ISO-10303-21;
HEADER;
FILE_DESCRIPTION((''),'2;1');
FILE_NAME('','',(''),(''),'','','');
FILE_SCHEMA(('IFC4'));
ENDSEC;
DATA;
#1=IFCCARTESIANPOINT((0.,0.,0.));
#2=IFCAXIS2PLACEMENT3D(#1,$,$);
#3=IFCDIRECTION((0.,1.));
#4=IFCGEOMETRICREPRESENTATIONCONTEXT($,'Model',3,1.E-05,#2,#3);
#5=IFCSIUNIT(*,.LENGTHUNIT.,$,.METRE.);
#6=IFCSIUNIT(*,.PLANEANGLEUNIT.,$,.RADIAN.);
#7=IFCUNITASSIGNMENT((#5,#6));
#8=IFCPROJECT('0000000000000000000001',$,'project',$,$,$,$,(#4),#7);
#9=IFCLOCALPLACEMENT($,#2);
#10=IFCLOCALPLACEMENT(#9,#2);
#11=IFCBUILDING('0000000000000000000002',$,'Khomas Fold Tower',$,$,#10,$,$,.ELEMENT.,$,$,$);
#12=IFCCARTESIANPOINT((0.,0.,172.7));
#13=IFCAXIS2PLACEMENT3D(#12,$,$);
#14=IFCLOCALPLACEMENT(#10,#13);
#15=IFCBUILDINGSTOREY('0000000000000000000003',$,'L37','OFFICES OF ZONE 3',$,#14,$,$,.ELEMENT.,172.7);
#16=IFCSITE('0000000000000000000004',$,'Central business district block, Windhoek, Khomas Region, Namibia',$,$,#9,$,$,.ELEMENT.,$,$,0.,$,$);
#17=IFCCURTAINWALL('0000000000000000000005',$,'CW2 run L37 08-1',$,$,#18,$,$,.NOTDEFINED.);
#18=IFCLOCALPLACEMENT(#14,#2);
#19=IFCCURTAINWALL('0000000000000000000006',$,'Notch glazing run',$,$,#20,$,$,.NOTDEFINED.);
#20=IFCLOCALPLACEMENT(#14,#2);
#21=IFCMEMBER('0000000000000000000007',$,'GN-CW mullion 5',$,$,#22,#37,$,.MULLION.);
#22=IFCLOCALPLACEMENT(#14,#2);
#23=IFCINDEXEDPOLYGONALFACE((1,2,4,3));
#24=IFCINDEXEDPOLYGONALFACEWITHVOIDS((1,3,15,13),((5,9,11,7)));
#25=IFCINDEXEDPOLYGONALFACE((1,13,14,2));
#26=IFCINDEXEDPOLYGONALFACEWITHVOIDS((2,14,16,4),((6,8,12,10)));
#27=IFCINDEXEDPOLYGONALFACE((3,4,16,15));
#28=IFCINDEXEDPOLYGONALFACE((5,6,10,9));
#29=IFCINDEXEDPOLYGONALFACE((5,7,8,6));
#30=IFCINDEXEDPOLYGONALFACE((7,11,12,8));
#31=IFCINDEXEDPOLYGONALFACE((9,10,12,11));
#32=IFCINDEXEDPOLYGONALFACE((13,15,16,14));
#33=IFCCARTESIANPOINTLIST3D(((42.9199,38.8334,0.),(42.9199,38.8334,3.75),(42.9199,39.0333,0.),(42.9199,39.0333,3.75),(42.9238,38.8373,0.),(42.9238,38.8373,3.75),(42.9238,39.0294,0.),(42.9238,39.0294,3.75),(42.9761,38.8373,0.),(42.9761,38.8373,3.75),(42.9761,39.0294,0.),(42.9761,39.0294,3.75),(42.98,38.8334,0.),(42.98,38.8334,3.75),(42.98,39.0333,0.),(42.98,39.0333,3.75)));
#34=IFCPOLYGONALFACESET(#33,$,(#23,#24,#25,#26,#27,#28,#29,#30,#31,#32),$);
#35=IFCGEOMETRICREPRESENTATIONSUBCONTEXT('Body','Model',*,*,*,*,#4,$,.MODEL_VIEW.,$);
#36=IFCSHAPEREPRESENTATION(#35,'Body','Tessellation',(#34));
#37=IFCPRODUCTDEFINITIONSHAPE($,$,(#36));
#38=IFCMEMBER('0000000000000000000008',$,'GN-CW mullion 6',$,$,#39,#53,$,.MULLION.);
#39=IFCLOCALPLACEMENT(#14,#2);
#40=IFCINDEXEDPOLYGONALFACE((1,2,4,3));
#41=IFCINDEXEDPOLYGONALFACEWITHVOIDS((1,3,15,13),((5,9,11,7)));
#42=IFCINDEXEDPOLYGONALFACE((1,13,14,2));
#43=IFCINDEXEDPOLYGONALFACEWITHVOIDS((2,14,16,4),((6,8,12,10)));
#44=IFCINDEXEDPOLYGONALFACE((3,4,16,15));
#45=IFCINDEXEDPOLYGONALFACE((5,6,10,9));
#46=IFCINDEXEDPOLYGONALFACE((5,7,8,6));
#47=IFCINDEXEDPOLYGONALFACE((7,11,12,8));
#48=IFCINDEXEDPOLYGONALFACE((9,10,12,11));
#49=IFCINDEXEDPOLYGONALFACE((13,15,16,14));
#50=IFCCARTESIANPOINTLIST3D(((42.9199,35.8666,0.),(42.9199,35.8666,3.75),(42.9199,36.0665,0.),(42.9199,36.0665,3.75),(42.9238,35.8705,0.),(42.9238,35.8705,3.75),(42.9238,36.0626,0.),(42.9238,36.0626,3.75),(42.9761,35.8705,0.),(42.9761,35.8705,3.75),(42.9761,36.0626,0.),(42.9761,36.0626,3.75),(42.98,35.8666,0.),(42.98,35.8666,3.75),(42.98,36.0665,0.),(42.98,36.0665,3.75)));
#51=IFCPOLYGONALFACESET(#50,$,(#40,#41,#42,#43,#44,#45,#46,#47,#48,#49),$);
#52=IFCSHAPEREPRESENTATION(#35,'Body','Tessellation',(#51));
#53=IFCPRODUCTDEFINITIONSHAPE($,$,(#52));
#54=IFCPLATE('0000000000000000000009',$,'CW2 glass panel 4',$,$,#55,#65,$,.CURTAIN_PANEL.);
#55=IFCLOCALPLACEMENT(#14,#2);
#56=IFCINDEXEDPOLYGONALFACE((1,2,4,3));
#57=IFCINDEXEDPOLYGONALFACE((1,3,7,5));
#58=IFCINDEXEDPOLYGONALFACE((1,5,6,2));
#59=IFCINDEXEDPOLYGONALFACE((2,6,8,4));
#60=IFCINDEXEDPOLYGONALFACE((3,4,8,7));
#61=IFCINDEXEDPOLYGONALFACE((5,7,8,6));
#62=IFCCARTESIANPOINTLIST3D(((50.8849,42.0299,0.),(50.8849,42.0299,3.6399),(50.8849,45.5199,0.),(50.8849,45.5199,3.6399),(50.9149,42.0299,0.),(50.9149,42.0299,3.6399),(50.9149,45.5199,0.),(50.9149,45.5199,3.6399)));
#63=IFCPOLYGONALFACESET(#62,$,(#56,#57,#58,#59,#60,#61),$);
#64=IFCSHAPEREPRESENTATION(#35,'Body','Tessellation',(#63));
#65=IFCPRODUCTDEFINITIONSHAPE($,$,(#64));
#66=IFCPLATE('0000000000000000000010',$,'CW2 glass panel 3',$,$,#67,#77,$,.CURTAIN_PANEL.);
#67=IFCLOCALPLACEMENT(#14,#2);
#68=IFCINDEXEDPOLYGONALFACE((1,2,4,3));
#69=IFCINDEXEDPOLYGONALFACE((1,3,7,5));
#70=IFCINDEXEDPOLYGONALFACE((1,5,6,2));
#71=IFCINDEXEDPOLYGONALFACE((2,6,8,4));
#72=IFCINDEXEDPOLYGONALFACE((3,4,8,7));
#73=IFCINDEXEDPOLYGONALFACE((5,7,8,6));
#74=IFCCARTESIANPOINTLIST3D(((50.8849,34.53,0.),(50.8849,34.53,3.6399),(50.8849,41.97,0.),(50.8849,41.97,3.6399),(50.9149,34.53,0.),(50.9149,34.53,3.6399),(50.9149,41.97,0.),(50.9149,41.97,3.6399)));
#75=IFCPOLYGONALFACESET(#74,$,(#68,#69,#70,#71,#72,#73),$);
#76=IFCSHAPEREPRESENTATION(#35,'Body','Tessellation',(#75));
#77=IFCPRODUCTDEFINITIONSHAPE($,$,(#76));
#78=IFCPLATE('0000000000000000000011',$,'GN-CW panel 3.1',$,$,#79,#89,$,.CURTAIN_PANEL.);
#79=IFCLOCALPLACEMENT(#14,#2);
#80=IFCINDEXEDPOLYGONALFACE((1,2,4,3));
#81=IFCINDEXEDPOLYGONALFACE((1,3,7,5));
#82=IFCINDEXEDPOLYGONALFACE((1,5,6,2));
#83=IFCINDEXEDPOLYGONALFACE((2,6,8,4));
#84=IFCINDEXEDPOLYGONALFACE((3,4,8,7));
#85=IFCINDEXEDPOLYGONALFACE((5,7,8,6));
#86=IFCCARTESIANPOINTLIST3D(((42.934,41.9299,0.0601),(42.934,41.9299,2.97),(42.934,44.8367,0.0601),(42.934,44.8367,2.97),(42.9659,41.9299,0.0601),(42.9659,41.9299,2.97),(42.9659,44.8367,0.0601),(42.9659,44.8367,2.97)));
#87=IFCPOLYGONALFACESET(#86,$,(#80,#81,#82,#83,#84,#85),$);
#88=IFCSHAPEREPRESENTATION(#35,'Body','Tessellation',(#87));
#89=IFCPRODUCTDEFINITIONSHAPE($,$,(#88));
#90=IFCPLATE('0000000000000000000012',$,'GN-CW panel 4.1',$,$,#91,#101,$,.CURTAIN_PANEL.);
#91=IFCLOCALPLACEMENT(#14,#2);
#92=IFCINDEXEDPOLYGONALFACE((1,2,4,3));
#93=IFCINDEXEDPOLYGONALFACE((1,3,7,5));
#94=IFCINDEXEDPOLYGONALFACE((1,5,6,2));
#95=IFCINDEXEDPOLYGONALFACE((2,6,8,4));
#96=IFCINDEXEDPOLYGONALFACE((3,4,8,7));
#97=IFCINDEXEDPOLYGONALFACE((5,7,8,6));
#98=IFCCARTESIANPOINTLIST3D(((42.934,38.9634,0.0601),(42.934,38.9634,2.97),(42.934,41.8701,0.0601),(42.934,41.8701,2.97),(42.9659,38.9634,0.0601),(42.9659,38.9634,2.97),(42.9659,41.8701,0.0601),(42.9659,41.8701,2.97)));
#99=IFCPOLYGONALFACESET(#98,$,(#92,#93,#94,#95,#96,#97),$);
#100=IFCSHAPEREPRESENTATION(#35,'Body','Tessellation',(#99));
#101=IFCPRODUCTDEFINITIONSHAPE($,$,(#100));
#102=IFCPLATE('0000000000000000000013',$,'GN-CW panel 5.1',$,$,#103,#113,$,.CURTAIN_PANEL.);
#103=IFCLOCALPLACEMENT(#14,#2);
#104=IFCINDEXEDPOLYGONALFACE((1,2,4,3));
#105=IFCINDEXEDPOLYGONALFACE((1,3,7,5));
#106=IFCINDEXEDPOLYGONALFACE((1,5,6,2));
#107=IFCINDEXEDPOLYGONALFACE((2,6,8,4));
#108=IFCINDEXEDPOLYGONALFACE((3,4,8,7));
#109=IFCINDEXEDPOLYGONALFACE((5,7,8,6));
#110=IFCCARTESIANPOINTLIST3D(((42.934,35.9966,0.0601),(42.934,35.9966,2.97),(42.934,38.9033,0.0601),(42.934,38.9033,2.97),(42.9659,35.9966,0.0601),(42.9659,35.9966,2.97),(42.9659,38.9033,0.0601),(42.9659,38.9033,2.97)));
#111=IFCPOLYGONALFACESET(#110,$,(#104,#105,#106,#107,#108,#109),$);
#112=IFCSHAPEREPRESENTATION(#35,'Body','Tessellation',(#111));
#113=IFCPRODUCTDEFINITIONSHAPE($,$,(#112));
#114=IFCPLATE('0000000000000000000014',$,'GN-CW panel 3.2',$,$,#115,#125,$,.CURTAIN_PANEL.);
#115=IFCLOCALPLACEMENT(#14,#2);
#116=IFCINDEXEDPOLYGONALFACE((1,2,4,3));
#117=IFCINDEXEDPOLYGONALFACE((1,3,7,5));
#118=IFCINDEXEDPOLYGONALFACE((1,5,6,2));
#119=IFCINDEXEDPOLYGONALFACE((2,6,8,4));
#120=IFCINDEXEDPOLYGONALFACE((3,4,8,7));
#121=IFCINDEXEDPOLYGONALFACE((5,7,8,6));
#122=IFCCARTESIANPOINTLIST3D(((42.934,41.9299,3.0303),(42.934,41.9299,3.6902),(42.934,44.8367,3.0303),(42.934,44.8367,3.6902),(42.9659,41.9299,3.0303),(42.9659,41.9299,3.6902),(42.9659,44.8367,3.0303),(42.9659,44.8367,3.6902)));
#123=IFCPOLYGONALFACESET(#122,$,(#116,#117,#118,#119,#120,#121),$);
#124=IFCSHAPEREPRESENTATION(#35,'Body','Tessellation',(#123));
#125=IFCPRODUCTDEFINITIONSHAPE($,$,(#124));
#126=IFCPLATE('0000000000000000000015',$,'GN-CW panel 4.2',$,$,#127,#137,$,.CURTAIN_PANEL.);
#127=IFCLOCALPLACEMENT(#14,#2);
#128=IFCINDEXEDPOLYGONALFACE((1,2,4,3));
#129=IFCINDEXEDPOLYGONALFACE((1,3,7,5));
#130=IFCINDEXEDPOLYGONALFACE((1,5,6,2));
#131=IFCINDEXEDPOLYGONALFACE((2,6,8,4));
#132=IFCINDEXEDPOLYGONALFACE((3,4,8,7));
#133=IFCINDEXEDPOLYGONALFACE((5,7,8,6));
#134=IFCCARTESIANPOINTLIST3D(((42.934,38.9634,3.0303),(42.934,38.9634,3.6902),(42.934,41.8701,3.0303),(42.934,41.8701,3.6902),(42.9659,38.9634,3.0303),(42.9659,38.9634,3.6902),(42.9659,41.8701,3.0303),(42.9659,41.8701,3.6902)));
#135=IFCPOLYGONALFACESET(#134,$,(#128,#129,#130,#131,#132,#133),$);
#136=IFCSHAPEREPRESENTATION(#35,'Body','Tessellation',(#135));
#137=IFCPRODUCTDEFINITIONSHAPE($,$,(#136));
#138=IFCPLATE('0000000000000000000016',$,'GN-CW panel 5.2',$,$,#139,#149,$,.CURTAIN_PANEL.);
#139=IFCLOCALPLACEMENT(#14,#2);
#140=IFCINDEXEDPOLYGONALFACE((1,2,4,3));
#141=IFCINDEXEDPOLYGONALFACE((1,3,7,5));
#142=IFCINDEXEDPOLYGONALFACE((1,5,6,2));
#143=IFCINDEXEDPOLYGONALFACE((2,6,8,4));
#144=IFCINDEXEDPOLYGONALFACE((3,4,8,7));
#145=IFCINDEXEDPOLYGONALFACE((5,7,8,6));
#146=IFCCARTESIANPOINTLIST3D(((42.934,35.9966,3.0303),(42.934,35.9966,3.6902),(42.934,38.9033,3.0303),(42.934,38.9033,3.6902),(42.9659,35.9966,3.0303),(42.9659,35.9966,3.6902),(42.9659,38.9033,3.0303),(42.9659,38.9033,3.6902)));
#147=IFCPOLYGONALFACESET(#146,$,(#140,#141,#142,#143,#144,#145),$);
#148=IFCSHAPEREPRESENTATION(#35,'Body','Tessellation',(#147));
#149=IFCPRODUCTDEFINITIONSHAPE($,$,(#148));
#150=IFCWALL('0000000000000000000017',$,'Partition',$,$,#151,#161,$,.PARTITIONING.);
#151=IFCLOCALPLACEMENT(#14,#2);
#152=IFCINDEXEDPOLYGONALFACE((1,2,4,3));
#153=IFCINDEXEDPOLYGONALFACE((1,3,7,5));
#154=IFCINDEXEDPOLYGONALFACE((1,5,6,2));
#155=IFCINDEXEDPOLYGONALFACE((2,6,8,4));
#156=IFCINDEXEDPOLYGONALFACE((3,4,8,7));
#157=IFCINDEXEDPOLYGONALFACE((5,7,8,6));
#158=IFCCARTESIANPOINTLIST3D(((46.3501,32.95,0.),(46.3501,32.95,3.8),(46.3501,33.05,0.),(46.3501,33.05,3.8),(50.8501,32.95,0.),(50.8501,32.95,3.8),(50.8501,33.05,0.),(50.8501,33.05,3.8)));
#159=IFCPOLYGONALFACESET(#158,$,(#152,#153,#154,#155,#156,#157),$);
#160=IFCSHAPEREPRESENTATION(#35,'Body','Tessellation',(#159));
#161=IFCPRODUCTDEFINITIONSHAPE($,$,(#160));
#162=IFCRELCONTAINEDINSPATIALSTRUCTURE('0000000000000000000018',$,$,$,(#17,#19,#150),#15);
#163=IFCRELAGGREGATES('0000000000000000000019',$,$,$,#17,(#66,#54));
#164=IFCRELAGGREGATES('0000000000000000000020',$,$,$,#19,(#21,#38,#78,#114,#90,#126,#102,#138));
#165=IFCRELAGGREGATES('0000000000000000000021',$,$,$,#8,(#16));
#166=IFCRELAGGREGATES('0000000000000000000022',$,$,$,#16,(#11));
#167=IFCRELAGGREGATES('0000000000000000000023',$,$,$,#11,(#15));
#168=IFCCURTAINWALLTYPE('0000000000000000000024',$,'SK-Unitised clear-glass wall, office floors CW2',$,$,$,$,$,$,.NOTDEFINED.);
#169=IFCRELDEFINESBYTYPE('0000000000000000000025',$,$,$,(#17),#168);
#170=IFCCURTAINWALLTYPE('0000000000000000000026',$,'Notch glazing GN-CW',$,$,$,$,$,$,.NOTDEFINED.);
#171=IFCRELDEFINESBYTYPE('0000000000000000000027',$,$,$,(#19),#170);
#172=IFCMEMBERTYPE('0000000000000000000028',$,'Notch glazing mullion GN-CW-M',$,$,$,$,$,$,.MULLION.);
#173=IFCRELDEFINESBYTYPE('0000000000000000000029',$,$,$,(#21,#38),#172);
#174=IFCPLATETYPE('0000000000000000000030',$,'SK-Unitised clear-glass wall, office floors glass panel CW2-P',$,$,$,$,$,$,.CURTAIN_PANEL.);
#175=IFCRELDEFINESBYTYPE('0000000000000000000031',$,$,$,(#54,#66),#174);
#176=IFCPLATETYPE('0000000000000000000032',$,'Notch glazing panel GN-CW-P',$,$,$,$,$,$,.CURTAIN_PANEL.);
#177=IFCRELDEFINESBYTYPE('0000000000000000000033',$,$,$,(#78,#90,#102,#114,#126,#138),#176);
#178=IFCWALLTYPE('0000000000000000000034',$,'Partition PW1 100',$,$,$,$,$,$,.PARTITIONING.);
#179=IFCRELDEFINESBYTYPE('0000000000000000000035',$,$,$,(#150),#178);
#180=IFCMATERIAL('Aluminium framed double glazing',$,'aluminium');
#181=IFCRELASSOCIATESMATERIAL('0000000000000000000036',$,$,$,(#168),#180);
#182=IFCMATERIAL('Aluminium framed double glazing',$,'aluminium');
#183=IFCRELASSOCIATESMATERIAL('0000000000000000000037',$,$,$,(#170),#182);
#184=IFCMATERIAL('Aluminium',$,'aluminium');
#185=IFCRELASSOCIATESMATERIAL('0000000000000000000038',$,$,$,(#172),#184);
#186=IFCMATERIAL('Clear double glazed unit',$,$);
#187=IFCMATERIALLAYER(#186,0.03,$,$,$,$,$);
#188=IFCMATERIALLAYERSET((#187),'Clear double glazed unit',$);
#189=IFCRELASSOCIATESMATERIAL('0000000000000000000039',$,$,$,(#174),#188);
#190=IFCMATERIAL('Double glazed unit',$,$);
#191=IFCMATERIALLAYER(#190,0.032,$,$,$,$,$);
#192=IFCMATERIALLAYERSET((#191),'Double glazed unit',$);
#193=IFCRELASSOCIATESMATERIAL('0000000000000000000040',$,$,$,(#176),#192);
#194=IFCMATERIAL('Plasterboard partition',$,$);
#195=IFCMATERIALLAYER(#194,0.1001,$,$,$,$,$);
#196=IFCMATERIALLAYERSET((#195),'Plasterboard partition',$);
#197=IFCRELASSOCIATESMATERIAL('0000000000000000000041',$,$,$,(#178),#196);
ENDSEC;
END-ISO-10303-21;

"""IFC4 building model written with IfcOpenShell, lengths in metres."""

from ifc_helpers import new_model, si_unit, direction, frame, frame_2d, origin, origin_2d, place, context, subcontext, project, spatial, rectangle, hollow_rectangle, extrude, source, transform, mapped, material, layer, layer_set, material_profile, profile_set, type_object, element, aggregate, save


model = new_model("IFC4")

# Units and contexts
model_context = context("Model", 3, precision=1e-05, world=origin(), true_north=direction((0.0, 1.0)))
body_context = subcontext(model_context, "Body", "Model", "MODEL_VIEW")
ifc_project = project(units=[si_unit("LENGTHUNIT", "METRE"), si_unit("PLANEANGLEUNIT", "RADIAN")], contexts=[model_context])

# Site, building, storey
site_placement = place(None, origin())
site = spatial("IfcSite", under=ifc_project, at=site_placement, Name="Central business district block, Windhoek, Khomas Region, Namibia", CompositionType="ELEMENT", RefElevation=0.0)
building_placement = place(site_placement, origin())
building = spatial("IfcBuilding", under=site, at=building_placement, Name="Khomas Fold Tower", CompositionType="ELEMENT")
storey_placement = place(building_placement, frame((0.0, 0.0, 172.7)))
storey = spatial("IfcBuildingStorey", under=building, at=storey_placement, Name="L37", Description="OFFICES OF ZONE 3", CompositionType="ELEMENT", Elevation=172.7)

# Curtain walls, members
ifc_material_1 = material(Name="Aluminium framed double glazing", Category="aluminium")
curtain_wall_type_1 = type_object("IfcCurtainWallType", Name="SK-Unitised clear-glass wall, office floors CW2", PredefinedType="NOTDEFINED", material=ifc_material_1)
curtain_wall_1_placement = place(storey_placement, origin())
curtain_wall_1 = element("IfcCurtainWall", 1, at=curtain_wall_1_placement, inside=storey, type_object=curtain_wall_type_1, Name="CW2 run L37 08-1", PredefinedType="NOTDEFINED")
ifc_material_2 = material(Name="Aluminium framed double glazing", Category="aluminium")
curtain_wall_type_2 = type_object("IfcCurtainWallType", Name="Notch glazing GN-CW", PredefinedType="NOTDEFINED", material=ifc_material_2)
curtain_wall_2_placement = place(storey_placement, origin())
curtain_wall_2 = element("IfcCurtainWall", 2, at=curtain_wall_2_placement, inside=storey, type_object=curtain_wall_type_2, Name="Notch glazing run", PredefinedType="NOTDEFINED")
ifc_material_3 = material(Name="Aluminium", Category="aluminium")
ifc_material_profile_1 = material_profile(ifc_material_3, hollow_rectangle(XDim=0.0601, YDim=0.2, WallThickness=0.0039, at=origin_2d()), Name="Notch glazing mullion GN-CW-M")
ifc_profile_set_1 = profile_set([ifc_material_profile_1], Name="Aluminium")
member_type_1 = type_object("IfcMemberType", Name="Notch glazing mullion GN-CW-M", PredefinedType="MULLION", material=ifc_profile_set_1)
shared_shape_1 = source(origin(), body_context, "Body", "SweptSolid", [
    extrude(hollow_rectangle(XDim=0.0601, YDim=0.2, WallThickness=0.0039, at=origin_2d()), origin(), (0.0, 0.0, 1.0), 3.75),
])
member_1_placement = place(storey_placement, frame((42.95, 38.9333, 0.0), z_axis=(0.0, 0.0, 1.0), x_axis=(1.0, 0.0, 0.0)))
member_1 = element("IfcMember", 3, at=member_1_placement, type_object=member_type_1, Name="GN-CW mullion 5", PredefinedType="MULLION", context=body_context, shape_type="MappedRepresentation", body=[
    mapped(shared_shape_1, transform((0.0, 0.0, 0.0))),
])
member_2_placement = place(storey_placement, frame((42.95, 35.9666, 0.0), z_axis=(0.0, 0.0, 1.0), x_axis=(1.0, 0.0, 0.0)))
member_2 = element("IfcMember", 4, at=member_2_placement, type_object=member_type_1, Name="GN-CW mullion 6", PredefinedType="MULLION", context=body_context, shape_type="MappedRepresentation", body=[
    mapped(shared_shape_1, transform((0.0, 0.0, 0.0))),
])

# Plates
ifc_material_4 = material(Name="Clear double glazed unit")
ifc_layer_1 = layer(ifc_material_4, 0.03)
ifc_layer_set_1 = layer_set([ifc_layer_1], Name="Clear double glazed unit")
plate_type_1 = type_object("IfcPlateType", Name="SK-Unitised clear-glass wall, office floors glass panel CW2-P", PredefinedType="CURTAIN_PANEL", material=ifc_layer_set_1)
shared_shape_2 = source(origin(), body_context, "Body", "SweptSolid", [
    extrude(rectangle(XDim=3.49, YDim=0.03, at=origin_2d()), origin(), (0.0, 0.0, 1.0), 3.6399),
])
plate_1_placement = place(storey_placement, frame((50.8999, 43.7749, 0.0), z_axis=(0.0, 0.0, 1.0), x_axis=(0.0, 1.0, 0.0)))
plate_1 = element("IfcPlate", 5, at=plate_1_placement, type_object=plate_type_1, Name="CW2 glass panel 4", PredefinedType="CURTAIN_PANEL", context=body_context, shape_type="MappedRepresentation", body=[
    mapped(shared_shape_2, transform((0.0, 0.0, 0.0))),
])
shared_shape_3 = source(origin(), body_context, "Body", "SweptSolid", [
    extrude(rectangle(XDim=7.4399, YDim=0.03, at=origin_2d()), origin(), (0.0, 0.0, 1.0), 3.6399),
])
plate_2_placement = place(storey_placement, frame((50.8999, 38.25, 0.0), z_axis=(0.0, 0.0, 1.0), x_axis=(0.0, 1.0, 0.0)))
plate_2 = element("IfcPlate", 6, at=plate_2_placement, type_object=plate_type_1, Name="CW2 glass panel 3", PredefinedType="CURTAIN_PANEL", context=body_context, shape_type="MappedRepresentation", body=[
    mapped(shared_shape_3, transform((0.0, 0.0, 0.0))),
])
aggregate(curtain_wall_1, [plate_2, plate_1])
ifc_material_5 = material(Name="Double glazed unit")
ifc_layer_2 = layer(ifc_material_5, 0.032)
ifc_layer_set_2 = layer_set([ifc_layer_2], Name="Double glazed unit")
plate_type_2 = type_object("IfcPlateType", Name="Notch glazing panel GN-CW-P", PredefinedType="CURTAIN_PANEL", material=ifc_layer_set_2)
shared_shape_4 = source(origin(), body_context, "Body", "SweptSolid", [
    extrude(rectangle(XDim=2.9067, YDim=0.032, at=origin_2d()), origin(), (0.0, 0.0, 1.0), 2.9099),
])
plate_3_placement = place(storey_placement, frame((42.95, 43.3833, 0.0601), z_axis=(0.0, 0.0, 1.0), x_axis=(0.0, -1.0, 0.0)))
plate_3 = element("IfcPlate", 7, at=plate_3_placement, type_object=plate_type_2, Name="GN-CW panel 3.1", PredefinedType="CURTAIN_PANEL", context=body_context, shape_type="MappedRepresentation", body=[
    mapped(shared_shape_4, transform((0.0, 0.0, 0.0))),
])
plate_4_placement = place(storey_placement, frame((42.95, 40.4167, 0.0601), z_axis=(0.0, 0.0, 1.0), x_axis=(0.0, -1.0, 0.0)))
plate_4 = element("IfcPlate", 8, at=plate_4_placement, type_object=plate_type_2, Name="GN-CW panel 4.1", PredefinedType="CURTAIN_PANEL", context=body_context, shape_type="MappedRepresentation", body=[
    mapped(shared_shape_4, transform((0.0, 0.0, 0.0))),
])
plate_5_placement = place(storey_placement, frame((42.95, 37.45, 0.0601), z_axis=(0.0, 0.0, 1.0), x_axis=(0.0, -1.0, 0.0)))
plate_5 = element("IfcPlate", 9, at=plate_5_placement, type_object=plate_type_2, Name="GN-CW panel 5.1", PredefinedType="CURTAIN_PANEL", context=body_context, shape_type="MappedRepresentation", body=[
    mapped(shared_shape_4, transform((0.0, 0.0, 0.0))),
])
shared_shape_5 = source(origin(), body_context, "Body", "SweptSolid", [
    extrude(rectangle(XDim=2.9067, YDim=0.032, at=origin_2d()), origin(), (0.0, 0.0, 1.0), 0.6599),
])
plate_6_placement = place(storey_placement, frame((42.95, 43.3833, 3.0303), z_axis=(0.0, 0.0, 1.0), x_axis=(0.0, -1.0, 0.0)))
plate_6 = element("IfcPlate", 10, at=plate_6_placement, type_object=plate_type_2, Name="GN-CW panel 3.2", PredefinedType="CURTAIN_PANEL", context=body_context, shape_type="MappedRepresentation", body=[
    mapped(shared_shape_5, transform((0.0, 0.0, 0.0))),
])
plate_7_placement = place(storey_placement, frame((42.95, 40.4167, 3.0303), z_axis=(0.0, 0.0, 1.0), x_axis=(0.0, -1.0, 0.0)))
plate_7 = element("IfcPlate", 11, at=plate_7_placement, type_object=plate_type_2, Name="GN-CW panel 4.2", PredefinedType="CURTAIN_PANEL", context=body_context, shape_type="MappedRepresentation", body=[
    mapped(shared_shape_5, transform((0.0, 0.0, 0.0))),
])
plate_8_placement = place(storey_placement, frame((42.95, 37.45, 3.0303), z_axis=(0.0, 0.0, 1.0), x_axis=(0.0, -1.0, 0.0)))
plate_8 = element("IfcPlate", 12, at=plate_8_placement, type_object=plate_type_2, Name="GN-CW panel 5.2", PredefinedType="CURTAIN_PANEL", context=body_context, shape_type="MappedRepresentation", body=[
    mapped(shared_shape_5, transform((0.0, 0.0, 0.0))),
])
aggregate(curtain_wall_2, [member_1, member_2, plate_3, plate_6, plate_4, plate_7, plate_5, plate_8])

# Wall
ifc_material_6 = material(Name="Plasterboard partition")
ifc_layer_3 = layer(ifc_material_6, 0.1001)
ifc_layer_set_3 = layer_set([ifc_layer_3], Name="Plasterboard partition")
wall_type_1 = type_object("IfcWallType", Name="Partition PW1 100", PredefinedType="PARTITIONING", material=ifc_layer_set_3)
shared_shape_6 = source(origin(), body_context, "Body", "SweptSolid", [
    extrude(rectangle(XDim=4.5, YDim=0.1001, at=frame_2d((2.25, 0.0))), origin(), (0.0, 0.0, 1.0), 3.8),
])
wall_1_placement = place(storey_placement, frame((46.3501, 33.0, 0.0), z_axis=(0.0, 0.0, 1.0), x_axis=(1.0, 0.0, 0.0)))
element("IfcWall", 13, at=wall_1_placement, inside=storey, type_object=wall_type_1, Name="Partition", PredefinedType="PARTITIONING", context=body_context, shape_type="MappedRepresentation", body=[
    mapped(shared_shape_6, transform((0.0, 0.0, 0.0))),
])

save(model, "model.ifc")
